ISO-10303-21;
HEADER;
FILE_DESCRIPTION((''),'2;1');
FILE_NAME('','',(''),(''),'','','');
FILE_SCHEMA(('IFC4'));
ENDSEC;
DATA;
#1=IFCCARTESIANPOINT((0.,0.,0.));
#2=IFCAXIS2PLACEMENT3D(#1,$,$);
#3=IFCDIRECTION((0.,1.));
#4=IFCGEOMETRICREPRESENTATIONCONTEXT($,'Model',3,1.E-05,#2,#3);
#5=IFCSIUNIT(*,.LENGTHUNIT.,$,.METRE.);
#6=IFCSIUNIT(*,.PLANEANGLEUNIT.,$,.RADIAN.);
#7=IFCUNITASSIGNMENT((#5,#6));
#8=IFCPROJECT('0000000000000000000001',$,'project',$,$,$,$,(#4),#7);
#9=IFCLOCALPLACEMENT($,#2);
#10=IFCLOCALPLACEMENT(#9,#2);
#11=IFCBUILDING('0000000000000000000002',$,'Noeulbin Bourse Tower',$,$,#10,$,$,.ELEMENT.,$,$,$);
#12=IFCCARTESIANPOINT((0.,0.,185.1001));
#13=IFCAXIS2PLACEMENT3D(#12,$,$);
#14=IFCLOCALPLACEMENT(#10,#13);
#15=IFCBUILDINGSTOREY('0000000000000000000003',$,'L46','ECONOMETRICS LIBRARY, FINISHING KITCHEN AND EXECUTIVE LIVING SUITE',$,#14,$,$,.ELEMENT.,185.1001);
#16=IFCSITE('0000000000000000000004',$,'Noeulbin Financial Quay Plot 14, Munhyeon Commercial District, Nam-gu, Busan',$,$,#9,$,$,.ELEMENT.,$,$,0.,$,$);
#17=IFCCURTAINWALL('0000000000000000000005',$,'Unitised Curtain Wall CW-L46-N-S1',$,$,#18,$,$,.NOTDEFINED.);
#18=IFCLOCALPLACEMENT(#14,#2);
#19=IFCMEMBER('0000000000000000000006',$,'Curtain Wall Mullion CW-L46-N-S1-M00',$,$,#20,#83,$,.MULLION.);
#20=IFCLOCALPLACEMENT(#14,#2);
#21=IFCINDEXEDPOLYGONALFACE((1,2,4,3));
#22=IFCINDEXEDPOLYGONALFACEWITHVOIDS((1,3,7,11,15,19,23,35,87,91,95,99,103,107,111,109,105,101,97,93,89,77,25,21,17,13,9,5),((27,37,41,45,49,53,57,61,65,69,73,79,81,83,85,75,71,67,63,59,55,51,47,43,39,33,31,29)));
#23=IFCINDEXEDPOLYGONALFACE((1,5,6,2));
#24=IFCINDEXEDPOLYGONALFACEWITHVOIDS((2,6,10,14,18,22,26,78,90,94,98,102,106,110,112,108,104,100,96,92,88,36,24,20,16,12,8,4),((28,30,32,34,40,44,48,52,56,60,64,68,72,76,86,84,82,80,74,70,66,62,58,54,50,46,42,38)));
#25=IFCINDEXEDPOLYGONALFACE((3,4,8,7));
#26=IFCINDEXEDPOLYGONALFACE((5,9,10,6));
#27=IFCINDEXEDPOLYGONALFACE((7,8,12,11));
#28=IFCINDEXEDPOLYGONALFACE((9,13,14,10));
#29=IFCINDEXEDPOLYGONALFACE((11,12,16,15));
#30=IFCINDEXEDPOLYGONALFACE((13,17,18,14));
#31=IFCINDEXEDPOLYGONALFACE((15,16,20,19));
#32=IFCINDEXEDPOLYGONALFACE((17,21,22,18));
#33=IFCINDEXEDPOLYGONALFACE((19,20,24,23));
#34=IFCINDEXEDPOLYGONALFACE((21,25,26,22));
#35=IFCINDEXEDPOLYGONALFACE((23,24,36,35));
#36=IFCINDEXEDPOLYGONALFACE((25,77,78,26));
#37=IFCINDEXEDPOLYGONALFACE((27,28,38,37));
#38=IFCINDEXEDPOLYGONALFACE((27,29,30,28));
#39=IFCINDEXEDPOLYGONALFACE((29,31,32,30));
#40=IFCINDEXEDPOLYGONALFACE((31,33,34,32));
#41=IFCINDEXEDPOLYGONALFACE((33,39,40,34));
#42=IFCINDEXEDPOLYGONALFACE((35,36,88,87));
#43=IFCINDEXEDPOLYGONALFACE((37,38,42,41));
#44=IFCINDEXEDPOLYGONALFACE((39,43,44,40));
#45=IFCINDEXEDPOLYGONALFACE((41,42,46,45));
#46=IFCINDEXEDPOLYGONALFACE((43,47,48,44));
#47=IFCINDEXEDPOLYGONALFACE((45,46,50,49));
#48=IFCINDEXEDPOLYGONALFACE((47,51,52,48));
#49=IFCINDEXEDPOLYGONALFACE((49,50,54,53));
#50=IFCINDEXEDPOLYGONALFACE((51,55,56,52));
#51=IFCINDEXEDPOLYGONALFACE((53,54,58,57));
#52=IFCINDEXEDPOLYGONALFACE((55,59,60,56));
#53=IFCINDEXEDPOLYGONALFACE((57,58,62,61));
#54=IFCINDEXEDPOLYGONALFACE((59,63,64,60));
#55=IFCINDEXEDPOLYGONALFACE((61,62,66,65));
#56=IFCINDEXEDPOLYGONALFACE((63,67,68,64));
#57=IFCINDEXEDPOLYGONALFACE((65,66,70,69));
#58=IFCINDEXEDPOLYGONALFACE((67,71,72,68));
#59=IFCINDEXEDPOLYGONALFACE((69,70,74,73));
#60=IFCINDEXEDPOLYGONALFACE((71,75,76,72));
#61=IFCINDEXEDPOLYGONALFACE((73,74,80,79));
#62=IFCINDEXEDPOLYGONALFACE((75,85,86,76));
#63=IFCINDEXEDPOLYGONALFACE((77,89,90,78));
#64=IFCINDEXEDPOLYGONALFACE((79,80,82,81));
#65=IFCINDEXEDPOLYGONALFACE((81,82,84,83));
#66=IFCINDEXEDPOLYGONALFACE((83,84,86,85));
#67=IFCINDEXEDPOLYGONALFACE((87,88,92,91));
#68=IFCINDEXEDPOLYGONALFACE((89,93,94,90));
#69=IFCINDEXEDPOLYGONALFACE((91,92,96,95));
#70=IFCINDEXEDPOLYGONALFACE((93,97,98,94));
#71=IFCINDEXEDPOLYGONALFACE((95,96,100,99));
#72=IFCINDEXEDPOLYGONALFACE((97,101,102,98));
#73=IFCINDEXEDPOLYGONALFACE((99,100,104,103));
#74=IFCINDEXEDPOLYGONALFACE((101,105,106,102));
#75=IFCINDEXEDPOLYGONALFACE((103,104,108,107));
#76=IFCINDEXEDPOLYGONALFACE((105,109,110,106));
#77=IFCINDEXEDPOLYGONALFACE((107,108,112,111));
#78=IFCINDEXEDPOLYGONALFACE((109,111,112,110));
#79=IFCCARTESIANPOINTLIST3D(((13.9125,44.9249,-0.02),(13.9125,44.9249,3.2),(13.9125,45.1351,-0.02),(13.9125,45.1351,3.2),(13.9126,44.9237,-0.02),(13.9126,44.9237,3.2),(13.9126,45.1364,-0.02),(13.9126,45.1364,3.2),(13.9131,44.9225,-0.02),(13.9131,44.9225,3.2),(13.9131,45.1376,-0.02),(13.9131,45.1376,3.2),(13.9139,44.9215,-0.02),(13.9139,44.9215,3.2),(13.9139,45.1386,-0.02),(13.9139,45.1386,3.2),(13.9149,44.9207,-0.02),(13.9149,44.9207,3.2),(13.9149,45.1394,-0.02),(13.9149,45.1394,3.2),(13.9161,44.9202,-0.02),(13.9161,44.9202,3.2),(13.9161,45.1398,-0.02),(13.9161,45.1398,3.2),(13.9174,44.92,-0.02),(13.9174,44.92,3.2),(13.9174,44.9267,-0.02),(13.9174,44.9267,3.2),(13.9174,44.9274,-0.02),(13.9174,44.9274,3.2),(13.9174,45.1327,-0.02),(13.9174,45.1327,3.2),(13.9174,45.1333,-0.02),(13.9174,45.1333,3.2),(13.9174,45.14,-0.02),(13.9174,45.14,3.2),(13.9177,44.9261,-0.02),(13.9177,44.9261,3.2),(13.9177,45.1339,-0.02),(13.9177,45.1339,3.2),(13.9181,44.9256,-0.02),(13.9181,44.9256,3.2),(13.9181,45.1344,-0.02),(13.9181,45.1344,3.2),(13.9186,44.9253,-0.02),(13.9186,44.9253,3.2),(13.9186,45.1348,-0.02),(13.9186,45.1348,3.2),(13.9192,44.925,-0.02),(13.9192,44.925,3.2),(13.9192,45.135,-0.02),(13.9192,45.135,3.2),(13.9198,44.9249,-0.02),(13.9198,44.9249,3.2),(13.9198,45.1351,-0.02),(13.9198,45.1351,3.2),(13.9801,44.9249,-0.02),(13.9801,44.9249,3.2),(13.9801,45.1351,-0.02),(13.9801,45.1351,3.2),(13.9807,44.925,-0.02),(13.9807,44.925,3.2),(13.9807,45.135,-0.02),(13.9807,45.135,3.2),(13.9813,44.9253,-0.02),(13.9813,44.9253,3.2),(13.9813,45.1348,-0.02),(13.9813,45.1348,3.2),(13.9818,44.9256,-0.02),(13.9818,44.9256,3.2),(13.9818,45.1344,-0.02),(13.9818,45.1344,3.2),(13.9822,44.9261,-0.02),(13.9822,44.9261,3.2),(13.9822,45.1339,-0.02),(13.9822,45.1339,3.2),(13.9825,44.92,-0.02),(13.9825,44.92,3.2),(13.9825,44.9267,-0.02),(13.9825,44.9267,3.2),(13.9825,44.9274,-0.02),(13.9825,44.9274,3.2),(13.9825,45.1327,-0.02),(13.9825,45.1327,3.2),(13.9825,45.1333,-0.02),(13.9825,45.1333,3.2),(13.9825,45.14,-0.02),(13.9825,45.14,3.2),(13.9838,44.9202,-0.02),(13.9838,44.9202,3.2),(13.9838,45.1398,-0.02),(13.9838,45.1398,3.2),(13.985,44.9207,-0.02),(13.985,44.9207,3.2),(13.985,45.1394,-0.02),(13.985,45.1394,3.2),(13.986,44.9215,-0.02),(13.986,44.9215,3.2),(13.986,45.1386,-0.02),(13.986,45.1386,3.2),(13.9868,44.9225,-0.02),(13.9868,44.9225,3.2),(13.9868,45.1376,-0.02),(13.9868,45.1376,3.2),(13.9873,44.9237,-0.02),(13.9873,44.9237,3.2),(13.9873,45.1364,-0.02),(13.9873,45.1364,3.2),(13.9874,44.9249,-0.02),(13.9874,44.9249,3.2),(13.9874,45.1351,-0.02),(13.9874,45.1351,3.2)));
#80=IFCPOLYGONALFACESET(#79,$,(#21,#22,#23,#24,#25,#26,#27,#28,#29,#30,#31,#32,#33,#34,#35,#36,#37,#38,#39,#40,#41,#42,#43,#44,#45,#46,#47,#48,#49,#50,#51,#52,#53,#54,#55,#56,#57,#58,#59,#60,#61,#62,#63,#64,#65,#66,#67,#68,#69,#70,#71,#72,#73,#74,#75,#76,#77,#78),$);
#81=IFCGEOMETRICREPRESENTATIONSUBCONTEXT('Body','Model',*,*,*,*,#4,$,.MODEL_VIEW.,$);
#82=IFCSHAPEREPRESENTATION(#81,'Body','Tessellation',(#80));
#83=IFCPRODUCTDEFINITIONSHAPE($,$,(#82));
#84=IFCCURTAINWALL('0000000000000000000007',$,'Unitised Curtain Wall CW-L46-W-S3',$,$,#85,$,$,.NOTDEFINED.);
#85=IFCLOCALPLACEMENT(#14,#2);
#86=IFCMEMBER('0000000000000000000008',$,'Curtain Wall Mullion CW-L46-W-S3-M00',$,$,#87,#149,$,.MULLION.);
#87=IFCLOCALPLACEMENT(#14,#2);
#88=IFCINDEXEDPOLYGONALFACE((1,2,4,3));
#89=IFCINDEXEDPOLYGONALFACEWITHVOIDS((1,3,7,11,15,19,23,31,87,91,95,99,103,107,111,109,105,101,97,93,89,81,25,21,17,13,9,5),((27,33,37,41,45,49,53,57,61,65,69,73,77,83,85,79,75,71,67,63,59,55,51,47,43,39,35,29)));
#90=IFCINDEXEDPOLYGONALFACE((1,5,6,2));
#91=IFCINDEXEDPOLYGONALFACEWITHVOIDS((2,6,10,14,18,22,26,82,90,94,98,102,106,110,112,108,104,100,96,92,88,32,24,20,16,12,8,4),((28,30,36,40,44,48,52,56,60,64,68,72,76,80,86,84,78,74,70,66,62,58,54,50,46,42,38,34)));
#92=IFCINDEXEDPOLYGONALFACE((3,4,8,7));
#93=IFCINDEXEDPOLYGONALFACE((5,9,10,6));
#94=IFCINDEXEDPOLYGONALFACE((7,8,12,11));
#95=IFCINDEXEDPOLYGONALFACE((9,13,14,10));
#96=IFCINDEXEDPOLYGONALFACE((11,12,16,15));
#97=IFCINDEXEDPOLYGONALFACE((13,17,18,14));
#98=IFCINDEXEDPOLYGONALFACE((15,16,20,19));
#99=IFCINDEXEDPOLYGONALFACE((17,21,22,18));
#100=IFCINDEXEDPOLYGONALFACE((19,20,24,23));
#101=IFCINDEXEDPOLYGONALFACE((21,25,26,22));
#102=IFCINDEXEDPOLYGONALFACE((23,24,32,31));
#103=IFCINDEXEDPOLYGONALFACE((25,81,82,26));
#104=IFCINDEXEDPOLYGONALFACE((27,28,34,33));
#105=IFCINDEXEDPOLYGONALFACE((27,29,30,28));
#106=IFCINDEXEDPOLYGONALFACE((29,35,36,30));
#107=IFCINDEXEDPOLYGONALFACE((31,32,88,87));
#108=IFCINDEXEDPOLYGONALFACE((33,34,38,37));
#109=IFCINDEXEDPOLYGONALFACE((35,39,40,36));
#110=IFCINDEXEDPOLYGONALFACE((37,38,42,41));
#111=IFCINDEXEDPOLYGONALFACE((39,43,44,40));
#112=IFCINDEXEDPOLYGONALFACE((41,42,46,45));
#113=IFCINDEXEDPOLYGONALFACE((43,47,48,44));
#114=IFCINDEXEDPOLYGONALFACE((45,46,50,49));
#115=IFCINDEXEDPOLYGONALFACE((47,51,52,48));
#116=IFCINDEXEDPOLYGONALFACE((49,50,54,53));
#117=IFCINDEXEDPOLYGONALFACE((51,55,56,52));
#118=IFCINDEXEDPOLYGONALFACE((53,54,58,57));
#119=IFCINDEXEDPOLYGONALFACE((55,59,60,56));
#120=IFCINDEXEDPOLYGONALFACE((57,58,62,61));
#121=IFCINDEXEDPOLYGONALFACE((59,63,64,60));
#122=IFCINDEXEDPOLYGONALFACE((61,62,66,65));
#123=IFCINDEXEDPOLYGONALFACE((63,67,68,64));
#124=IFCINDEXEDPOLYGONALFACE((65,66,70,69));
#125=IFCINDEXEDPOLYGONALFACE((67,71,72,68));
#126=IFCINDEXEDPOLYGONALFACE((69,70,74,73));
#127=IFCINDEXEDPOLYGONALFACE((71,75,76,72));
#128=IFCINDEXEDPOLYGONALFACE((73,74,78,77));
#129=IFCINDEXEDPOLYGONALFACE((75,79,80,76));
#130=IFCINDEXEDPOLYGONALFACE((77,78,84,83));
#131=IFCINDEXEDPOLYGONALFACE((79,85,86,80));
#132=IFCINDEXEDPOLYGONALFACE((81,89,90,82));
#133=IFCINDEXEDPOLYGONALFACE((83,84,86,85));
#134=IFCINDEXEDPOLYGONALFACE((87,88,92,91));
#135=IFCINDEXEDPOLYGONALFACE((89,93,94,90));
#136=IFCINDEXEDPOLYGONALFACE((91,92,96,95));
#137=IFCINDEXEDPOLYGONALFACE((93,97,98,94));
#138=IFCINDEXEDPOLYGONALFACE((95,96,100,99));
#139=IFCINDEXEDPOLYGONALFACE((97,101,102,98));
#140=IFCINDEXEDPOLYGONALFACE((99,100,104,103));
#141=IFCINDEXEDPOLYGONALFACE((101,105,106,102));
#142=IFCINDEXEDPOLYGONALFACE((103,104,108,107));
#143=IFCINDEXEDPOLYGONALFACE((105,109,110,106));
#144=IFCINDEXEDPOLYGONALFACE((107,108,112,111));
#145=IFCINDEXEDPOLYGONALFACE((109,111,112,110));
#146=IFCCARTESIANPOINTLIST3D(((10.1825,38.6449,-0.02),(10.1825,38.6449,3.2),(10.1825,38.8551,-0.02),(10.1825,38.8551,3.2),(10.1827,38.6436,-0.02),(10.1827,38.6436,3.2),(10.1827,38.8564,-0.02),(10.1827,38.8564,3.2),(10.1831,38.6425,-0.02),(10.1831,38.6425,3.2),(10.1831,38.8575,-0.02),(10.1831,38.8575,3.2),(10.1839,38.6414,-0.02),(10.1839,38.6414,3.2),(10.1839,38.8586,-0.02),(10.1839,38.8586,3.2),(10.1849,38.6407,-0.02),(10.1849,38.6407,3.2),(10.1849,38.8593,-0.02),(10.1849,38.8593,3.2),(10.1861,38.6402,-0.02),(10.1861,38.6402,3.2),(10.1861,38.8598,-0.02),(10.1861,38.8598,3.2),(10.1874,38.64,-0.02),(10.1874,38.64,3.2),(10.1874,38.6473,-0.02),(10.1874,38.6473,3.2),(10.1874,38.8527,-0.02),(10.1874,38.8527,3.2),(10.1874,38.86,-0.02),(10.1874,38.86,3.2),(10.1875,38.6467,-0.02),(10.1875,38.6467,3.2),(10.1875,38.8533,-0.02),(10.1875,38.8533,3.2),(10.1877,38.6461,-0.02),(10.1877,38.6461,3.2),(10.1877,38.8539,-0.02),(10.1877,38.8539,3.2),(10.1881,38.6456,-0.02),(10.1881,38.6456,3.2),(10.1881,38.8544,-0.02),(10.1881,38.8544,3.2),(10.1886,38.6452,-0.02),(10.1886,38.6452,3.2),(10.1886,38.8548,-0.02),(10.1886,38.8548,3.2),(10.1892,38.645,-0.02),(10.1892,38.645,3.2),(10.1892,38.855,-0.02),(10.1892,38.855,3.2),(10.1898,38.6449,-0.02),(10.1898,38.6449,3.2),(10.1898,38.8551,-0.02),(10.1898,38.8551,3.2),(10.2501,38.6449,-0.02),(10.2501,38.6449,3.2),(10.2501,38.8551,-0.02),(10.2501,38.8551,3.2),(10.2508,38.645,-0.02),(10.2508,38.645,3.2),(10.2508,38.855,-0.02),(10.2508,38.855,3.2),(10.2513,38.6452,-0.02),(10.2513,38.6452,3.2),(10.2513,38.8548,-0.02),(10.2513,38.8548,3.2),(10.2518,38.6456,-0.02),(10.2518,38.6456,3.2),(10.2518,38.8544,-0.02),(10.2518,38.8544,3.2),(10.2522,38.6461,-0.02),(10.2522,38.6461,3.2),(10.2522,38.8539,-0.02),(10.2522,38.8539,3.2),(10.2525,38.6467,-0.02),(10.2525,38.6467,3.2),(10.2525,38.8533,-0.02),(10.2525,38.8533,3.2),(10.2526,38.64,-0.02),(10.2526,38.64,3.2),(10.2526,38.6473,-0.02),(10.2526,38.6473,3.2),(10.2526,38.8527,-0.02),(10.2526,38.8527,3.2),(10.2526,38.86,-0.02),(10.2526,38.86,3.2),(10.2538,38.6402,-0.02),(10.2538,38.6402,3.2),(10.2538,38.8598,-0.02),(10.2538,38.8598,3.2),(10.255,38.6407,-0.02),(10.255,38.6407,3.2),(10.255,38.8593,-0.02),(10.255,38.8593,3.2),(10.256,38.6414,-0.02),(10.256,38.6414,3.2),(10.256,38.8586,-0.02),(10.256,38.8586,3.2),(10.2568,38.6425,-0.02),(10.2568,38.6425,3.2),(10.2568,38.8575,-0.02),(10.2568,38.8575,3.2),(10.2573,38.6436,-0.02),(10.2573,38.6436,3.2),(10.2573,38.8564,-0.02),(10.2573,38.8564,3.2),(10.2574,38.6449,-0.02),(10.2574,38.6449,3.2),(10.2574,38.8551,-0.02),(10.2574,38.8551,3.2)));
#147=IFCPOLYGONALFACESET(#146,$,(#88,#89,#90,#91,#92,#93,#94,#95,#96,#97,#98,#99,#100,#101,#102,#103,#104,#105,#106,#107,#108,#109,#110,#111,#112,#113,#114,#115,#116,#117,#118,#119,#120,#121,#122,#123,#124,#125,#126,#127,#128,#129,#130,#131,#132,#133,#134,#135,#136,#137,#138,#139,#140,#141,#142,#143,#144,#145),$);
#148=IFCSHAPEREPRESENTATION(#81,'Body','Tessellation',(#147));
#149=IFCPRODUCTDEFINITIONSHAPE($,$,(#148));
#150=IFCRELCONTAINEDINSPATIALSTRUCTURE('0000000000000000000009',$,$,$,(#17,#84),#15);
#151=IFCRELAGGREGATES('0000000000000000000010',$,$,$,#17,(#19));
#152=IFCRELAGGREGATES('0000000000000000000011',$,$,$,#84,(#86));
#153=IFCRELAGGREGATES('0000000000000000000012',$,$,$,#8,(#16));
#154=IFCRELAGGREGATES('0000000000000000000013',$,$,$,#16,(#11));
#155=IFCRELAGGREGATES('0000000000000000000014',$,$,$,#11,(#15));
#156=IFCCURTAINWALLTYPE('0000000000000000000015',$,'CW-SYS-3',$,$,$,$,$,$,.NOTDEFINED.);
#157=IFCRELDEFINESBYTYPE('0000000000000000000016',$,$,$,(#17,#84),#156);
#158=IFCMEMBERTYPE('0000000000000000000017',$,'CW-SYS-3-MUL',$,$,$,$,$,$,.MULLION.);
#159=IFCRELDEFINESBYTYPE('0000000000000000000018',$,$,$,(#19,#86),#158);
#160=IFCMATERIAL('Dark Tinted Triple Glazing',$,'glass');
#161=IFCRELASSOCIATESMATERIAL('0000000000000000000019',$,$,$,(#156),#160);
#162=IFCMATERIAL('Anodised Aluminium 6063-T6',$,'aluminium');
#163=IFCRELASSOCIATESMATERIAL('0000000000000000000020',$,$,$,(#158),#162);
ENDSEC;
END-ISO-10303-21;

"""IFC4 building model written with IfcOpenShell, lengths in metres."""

from ifc_helpers import new_model, si_unit, direction, frame, origin, origin_2d, place, context, subcontext, project, spatial, hollow_rectangle, extrude, material, material_profile, profile_set, type_object, element, aggregate, save


model = new_model("IFC4")

# Units and contexts
model_context = context("Model", 3, precision=1e-05, world=origin(), true_north=direction((0.0, 1.0)))
body_context = subcontext(model_context, "Body", "Model", "MODEL_VIEW")
ifc_project = project(units=[si_unit("LENGTHUNIT", "METRE"), si_unit("PLANEANGLEUNIT", "RADIAN")], contexts=[model_context])

# Site, building, storey
site_placement = place(None, origin())
site = spatial("IfcSite", under=ifc_project, at=site_placement, Name="Noeulbin Financial Quay Plot 14, Munhyeon Commercial District, Nam-gu, Busan", CompositionType="ELEMENT", RefElevation=0.0)
building_placement = place(site_placement, origin())
building = spatial("IfcBuilding", under=site, at=building_placement, Name="Noeulbin Bourse Tower", CompositionType="ELEMENT")
storey_placement = place(building_placement, frame((0.0, 0.0, 185.1001)))
storey = spatial("IfcBuildingStorey", under=building, at=storey_placement, Name="L46", Description="ECONOMETRICS LIBRARY, FINISHING KITCHEN AND EXECUTIVE LIVING SUITE", CompositionType="ELEMENT", Elevation=185.1001)

# Curtain wall, member
ifc_material_1 = material(Name="Dark Tinted Triple Glazing", Category="glass")
curtain_wall_type = type_object("IfcCurtainWallType", Name="CW-SYS-3", PredefinedType="NOTDEFINED", material=ifc_material_1)
curtain_wall_1_placement = place(storey_placement, origin())
curtain_wall_1 = element("IfcCurtainWall", 1, at=curtain_wall_1_placement, inside=storey, type_object=curtain_wall_type, Name="Unitised Curtain Wall CW-L46-N-S1", PredefinedType="NOTDEFINED")
ifc_material_2 = material(Name="Anodised Aluminium 6063-T6", Category="aluminium")
ifc_material_profile_1 = material_profile(ifc_material_2, hollow_rectangle(XDim=0.075, YDim=0.22, WallThickness=0.0049, InnerFilletRadius=0.0024, OuterFilletRadius=0.0049, at=origin_2d()), Name="ALU-MULL-75x220x5", Category="LoadBearing")
ifc_profile_set_1 = profile_set([ifc_material_profile_1], Name="Anodised Aluminium 6063-T6")
member_type_1 = type_object("IfcMemberType", Name="CW-SYS-3-MUL", PredefinedType="MULLION", material=ifc_profile_set_1)
member_1_placement = place(storey_placement, frame((13.95, 45.03, -0.02), z_axis=(0.0, 0.0, 1.0), x_axis=(1.0, 0.0, 0.0)))
member_1 = element("IfcMember", 2, at=member_1_placement, type_object=member_type_1, Name="Curtain Wall Mullion CW-L46-N-S1-M00", PredefinedType="MULLION", context=body_context, shape_type="SweptSolid", body=[
    extrude(hollow_rectangle(XDim=0.075, YDim=0.22, WallThickness=0.0049, InnerFilletRadius=0.0024, OuterFilletRadius=0.0049, at=origin_2d()), origin(), (0.0, 0.0, 1.0), 3.22),
])

# Curtain wall, member
curtain_wall_2_placement = place(storey_placement, origin())
curtain_wall_2 = element("IfcCurtainWall", 3, at=curtain_wall_2_placement, inside=storey, type_object=curtain_wall_type, Name="Unitised Curtain Wall CW-L46-W-S3", PredefinedType="NOTDEFINED")
member_2_placement = place(storey_placement, frame((10.22, 38.75, -0.02), z_axis=(0.0, 0.0, 1.0), x_axis=(1.0, 0.0, 0.0)))
member_2 = element("IfcMember", 4, at=member_2_placement, type_object=member_type_1, Name="Curtain Wall Mullion CW-L46-W-S3-M00", PredefinedType="MULLION", context=body_context, shape_type="SweptSolid", body=[
    extrude(hollow_rectangle(XDim=0.075, YDim=0.22, WallThickness=0.0049, InnerFilletRadius=0.0024, OuterFilletRadius=0.0049, at=origin_2d()), origin(), (0.0, 0.0, 1.0), 3.22),
])

aggregate(curtain_wall_1, [member_1])

aggregate(curtain_wall_2, [member_2])

save(model, "model.ifc")
